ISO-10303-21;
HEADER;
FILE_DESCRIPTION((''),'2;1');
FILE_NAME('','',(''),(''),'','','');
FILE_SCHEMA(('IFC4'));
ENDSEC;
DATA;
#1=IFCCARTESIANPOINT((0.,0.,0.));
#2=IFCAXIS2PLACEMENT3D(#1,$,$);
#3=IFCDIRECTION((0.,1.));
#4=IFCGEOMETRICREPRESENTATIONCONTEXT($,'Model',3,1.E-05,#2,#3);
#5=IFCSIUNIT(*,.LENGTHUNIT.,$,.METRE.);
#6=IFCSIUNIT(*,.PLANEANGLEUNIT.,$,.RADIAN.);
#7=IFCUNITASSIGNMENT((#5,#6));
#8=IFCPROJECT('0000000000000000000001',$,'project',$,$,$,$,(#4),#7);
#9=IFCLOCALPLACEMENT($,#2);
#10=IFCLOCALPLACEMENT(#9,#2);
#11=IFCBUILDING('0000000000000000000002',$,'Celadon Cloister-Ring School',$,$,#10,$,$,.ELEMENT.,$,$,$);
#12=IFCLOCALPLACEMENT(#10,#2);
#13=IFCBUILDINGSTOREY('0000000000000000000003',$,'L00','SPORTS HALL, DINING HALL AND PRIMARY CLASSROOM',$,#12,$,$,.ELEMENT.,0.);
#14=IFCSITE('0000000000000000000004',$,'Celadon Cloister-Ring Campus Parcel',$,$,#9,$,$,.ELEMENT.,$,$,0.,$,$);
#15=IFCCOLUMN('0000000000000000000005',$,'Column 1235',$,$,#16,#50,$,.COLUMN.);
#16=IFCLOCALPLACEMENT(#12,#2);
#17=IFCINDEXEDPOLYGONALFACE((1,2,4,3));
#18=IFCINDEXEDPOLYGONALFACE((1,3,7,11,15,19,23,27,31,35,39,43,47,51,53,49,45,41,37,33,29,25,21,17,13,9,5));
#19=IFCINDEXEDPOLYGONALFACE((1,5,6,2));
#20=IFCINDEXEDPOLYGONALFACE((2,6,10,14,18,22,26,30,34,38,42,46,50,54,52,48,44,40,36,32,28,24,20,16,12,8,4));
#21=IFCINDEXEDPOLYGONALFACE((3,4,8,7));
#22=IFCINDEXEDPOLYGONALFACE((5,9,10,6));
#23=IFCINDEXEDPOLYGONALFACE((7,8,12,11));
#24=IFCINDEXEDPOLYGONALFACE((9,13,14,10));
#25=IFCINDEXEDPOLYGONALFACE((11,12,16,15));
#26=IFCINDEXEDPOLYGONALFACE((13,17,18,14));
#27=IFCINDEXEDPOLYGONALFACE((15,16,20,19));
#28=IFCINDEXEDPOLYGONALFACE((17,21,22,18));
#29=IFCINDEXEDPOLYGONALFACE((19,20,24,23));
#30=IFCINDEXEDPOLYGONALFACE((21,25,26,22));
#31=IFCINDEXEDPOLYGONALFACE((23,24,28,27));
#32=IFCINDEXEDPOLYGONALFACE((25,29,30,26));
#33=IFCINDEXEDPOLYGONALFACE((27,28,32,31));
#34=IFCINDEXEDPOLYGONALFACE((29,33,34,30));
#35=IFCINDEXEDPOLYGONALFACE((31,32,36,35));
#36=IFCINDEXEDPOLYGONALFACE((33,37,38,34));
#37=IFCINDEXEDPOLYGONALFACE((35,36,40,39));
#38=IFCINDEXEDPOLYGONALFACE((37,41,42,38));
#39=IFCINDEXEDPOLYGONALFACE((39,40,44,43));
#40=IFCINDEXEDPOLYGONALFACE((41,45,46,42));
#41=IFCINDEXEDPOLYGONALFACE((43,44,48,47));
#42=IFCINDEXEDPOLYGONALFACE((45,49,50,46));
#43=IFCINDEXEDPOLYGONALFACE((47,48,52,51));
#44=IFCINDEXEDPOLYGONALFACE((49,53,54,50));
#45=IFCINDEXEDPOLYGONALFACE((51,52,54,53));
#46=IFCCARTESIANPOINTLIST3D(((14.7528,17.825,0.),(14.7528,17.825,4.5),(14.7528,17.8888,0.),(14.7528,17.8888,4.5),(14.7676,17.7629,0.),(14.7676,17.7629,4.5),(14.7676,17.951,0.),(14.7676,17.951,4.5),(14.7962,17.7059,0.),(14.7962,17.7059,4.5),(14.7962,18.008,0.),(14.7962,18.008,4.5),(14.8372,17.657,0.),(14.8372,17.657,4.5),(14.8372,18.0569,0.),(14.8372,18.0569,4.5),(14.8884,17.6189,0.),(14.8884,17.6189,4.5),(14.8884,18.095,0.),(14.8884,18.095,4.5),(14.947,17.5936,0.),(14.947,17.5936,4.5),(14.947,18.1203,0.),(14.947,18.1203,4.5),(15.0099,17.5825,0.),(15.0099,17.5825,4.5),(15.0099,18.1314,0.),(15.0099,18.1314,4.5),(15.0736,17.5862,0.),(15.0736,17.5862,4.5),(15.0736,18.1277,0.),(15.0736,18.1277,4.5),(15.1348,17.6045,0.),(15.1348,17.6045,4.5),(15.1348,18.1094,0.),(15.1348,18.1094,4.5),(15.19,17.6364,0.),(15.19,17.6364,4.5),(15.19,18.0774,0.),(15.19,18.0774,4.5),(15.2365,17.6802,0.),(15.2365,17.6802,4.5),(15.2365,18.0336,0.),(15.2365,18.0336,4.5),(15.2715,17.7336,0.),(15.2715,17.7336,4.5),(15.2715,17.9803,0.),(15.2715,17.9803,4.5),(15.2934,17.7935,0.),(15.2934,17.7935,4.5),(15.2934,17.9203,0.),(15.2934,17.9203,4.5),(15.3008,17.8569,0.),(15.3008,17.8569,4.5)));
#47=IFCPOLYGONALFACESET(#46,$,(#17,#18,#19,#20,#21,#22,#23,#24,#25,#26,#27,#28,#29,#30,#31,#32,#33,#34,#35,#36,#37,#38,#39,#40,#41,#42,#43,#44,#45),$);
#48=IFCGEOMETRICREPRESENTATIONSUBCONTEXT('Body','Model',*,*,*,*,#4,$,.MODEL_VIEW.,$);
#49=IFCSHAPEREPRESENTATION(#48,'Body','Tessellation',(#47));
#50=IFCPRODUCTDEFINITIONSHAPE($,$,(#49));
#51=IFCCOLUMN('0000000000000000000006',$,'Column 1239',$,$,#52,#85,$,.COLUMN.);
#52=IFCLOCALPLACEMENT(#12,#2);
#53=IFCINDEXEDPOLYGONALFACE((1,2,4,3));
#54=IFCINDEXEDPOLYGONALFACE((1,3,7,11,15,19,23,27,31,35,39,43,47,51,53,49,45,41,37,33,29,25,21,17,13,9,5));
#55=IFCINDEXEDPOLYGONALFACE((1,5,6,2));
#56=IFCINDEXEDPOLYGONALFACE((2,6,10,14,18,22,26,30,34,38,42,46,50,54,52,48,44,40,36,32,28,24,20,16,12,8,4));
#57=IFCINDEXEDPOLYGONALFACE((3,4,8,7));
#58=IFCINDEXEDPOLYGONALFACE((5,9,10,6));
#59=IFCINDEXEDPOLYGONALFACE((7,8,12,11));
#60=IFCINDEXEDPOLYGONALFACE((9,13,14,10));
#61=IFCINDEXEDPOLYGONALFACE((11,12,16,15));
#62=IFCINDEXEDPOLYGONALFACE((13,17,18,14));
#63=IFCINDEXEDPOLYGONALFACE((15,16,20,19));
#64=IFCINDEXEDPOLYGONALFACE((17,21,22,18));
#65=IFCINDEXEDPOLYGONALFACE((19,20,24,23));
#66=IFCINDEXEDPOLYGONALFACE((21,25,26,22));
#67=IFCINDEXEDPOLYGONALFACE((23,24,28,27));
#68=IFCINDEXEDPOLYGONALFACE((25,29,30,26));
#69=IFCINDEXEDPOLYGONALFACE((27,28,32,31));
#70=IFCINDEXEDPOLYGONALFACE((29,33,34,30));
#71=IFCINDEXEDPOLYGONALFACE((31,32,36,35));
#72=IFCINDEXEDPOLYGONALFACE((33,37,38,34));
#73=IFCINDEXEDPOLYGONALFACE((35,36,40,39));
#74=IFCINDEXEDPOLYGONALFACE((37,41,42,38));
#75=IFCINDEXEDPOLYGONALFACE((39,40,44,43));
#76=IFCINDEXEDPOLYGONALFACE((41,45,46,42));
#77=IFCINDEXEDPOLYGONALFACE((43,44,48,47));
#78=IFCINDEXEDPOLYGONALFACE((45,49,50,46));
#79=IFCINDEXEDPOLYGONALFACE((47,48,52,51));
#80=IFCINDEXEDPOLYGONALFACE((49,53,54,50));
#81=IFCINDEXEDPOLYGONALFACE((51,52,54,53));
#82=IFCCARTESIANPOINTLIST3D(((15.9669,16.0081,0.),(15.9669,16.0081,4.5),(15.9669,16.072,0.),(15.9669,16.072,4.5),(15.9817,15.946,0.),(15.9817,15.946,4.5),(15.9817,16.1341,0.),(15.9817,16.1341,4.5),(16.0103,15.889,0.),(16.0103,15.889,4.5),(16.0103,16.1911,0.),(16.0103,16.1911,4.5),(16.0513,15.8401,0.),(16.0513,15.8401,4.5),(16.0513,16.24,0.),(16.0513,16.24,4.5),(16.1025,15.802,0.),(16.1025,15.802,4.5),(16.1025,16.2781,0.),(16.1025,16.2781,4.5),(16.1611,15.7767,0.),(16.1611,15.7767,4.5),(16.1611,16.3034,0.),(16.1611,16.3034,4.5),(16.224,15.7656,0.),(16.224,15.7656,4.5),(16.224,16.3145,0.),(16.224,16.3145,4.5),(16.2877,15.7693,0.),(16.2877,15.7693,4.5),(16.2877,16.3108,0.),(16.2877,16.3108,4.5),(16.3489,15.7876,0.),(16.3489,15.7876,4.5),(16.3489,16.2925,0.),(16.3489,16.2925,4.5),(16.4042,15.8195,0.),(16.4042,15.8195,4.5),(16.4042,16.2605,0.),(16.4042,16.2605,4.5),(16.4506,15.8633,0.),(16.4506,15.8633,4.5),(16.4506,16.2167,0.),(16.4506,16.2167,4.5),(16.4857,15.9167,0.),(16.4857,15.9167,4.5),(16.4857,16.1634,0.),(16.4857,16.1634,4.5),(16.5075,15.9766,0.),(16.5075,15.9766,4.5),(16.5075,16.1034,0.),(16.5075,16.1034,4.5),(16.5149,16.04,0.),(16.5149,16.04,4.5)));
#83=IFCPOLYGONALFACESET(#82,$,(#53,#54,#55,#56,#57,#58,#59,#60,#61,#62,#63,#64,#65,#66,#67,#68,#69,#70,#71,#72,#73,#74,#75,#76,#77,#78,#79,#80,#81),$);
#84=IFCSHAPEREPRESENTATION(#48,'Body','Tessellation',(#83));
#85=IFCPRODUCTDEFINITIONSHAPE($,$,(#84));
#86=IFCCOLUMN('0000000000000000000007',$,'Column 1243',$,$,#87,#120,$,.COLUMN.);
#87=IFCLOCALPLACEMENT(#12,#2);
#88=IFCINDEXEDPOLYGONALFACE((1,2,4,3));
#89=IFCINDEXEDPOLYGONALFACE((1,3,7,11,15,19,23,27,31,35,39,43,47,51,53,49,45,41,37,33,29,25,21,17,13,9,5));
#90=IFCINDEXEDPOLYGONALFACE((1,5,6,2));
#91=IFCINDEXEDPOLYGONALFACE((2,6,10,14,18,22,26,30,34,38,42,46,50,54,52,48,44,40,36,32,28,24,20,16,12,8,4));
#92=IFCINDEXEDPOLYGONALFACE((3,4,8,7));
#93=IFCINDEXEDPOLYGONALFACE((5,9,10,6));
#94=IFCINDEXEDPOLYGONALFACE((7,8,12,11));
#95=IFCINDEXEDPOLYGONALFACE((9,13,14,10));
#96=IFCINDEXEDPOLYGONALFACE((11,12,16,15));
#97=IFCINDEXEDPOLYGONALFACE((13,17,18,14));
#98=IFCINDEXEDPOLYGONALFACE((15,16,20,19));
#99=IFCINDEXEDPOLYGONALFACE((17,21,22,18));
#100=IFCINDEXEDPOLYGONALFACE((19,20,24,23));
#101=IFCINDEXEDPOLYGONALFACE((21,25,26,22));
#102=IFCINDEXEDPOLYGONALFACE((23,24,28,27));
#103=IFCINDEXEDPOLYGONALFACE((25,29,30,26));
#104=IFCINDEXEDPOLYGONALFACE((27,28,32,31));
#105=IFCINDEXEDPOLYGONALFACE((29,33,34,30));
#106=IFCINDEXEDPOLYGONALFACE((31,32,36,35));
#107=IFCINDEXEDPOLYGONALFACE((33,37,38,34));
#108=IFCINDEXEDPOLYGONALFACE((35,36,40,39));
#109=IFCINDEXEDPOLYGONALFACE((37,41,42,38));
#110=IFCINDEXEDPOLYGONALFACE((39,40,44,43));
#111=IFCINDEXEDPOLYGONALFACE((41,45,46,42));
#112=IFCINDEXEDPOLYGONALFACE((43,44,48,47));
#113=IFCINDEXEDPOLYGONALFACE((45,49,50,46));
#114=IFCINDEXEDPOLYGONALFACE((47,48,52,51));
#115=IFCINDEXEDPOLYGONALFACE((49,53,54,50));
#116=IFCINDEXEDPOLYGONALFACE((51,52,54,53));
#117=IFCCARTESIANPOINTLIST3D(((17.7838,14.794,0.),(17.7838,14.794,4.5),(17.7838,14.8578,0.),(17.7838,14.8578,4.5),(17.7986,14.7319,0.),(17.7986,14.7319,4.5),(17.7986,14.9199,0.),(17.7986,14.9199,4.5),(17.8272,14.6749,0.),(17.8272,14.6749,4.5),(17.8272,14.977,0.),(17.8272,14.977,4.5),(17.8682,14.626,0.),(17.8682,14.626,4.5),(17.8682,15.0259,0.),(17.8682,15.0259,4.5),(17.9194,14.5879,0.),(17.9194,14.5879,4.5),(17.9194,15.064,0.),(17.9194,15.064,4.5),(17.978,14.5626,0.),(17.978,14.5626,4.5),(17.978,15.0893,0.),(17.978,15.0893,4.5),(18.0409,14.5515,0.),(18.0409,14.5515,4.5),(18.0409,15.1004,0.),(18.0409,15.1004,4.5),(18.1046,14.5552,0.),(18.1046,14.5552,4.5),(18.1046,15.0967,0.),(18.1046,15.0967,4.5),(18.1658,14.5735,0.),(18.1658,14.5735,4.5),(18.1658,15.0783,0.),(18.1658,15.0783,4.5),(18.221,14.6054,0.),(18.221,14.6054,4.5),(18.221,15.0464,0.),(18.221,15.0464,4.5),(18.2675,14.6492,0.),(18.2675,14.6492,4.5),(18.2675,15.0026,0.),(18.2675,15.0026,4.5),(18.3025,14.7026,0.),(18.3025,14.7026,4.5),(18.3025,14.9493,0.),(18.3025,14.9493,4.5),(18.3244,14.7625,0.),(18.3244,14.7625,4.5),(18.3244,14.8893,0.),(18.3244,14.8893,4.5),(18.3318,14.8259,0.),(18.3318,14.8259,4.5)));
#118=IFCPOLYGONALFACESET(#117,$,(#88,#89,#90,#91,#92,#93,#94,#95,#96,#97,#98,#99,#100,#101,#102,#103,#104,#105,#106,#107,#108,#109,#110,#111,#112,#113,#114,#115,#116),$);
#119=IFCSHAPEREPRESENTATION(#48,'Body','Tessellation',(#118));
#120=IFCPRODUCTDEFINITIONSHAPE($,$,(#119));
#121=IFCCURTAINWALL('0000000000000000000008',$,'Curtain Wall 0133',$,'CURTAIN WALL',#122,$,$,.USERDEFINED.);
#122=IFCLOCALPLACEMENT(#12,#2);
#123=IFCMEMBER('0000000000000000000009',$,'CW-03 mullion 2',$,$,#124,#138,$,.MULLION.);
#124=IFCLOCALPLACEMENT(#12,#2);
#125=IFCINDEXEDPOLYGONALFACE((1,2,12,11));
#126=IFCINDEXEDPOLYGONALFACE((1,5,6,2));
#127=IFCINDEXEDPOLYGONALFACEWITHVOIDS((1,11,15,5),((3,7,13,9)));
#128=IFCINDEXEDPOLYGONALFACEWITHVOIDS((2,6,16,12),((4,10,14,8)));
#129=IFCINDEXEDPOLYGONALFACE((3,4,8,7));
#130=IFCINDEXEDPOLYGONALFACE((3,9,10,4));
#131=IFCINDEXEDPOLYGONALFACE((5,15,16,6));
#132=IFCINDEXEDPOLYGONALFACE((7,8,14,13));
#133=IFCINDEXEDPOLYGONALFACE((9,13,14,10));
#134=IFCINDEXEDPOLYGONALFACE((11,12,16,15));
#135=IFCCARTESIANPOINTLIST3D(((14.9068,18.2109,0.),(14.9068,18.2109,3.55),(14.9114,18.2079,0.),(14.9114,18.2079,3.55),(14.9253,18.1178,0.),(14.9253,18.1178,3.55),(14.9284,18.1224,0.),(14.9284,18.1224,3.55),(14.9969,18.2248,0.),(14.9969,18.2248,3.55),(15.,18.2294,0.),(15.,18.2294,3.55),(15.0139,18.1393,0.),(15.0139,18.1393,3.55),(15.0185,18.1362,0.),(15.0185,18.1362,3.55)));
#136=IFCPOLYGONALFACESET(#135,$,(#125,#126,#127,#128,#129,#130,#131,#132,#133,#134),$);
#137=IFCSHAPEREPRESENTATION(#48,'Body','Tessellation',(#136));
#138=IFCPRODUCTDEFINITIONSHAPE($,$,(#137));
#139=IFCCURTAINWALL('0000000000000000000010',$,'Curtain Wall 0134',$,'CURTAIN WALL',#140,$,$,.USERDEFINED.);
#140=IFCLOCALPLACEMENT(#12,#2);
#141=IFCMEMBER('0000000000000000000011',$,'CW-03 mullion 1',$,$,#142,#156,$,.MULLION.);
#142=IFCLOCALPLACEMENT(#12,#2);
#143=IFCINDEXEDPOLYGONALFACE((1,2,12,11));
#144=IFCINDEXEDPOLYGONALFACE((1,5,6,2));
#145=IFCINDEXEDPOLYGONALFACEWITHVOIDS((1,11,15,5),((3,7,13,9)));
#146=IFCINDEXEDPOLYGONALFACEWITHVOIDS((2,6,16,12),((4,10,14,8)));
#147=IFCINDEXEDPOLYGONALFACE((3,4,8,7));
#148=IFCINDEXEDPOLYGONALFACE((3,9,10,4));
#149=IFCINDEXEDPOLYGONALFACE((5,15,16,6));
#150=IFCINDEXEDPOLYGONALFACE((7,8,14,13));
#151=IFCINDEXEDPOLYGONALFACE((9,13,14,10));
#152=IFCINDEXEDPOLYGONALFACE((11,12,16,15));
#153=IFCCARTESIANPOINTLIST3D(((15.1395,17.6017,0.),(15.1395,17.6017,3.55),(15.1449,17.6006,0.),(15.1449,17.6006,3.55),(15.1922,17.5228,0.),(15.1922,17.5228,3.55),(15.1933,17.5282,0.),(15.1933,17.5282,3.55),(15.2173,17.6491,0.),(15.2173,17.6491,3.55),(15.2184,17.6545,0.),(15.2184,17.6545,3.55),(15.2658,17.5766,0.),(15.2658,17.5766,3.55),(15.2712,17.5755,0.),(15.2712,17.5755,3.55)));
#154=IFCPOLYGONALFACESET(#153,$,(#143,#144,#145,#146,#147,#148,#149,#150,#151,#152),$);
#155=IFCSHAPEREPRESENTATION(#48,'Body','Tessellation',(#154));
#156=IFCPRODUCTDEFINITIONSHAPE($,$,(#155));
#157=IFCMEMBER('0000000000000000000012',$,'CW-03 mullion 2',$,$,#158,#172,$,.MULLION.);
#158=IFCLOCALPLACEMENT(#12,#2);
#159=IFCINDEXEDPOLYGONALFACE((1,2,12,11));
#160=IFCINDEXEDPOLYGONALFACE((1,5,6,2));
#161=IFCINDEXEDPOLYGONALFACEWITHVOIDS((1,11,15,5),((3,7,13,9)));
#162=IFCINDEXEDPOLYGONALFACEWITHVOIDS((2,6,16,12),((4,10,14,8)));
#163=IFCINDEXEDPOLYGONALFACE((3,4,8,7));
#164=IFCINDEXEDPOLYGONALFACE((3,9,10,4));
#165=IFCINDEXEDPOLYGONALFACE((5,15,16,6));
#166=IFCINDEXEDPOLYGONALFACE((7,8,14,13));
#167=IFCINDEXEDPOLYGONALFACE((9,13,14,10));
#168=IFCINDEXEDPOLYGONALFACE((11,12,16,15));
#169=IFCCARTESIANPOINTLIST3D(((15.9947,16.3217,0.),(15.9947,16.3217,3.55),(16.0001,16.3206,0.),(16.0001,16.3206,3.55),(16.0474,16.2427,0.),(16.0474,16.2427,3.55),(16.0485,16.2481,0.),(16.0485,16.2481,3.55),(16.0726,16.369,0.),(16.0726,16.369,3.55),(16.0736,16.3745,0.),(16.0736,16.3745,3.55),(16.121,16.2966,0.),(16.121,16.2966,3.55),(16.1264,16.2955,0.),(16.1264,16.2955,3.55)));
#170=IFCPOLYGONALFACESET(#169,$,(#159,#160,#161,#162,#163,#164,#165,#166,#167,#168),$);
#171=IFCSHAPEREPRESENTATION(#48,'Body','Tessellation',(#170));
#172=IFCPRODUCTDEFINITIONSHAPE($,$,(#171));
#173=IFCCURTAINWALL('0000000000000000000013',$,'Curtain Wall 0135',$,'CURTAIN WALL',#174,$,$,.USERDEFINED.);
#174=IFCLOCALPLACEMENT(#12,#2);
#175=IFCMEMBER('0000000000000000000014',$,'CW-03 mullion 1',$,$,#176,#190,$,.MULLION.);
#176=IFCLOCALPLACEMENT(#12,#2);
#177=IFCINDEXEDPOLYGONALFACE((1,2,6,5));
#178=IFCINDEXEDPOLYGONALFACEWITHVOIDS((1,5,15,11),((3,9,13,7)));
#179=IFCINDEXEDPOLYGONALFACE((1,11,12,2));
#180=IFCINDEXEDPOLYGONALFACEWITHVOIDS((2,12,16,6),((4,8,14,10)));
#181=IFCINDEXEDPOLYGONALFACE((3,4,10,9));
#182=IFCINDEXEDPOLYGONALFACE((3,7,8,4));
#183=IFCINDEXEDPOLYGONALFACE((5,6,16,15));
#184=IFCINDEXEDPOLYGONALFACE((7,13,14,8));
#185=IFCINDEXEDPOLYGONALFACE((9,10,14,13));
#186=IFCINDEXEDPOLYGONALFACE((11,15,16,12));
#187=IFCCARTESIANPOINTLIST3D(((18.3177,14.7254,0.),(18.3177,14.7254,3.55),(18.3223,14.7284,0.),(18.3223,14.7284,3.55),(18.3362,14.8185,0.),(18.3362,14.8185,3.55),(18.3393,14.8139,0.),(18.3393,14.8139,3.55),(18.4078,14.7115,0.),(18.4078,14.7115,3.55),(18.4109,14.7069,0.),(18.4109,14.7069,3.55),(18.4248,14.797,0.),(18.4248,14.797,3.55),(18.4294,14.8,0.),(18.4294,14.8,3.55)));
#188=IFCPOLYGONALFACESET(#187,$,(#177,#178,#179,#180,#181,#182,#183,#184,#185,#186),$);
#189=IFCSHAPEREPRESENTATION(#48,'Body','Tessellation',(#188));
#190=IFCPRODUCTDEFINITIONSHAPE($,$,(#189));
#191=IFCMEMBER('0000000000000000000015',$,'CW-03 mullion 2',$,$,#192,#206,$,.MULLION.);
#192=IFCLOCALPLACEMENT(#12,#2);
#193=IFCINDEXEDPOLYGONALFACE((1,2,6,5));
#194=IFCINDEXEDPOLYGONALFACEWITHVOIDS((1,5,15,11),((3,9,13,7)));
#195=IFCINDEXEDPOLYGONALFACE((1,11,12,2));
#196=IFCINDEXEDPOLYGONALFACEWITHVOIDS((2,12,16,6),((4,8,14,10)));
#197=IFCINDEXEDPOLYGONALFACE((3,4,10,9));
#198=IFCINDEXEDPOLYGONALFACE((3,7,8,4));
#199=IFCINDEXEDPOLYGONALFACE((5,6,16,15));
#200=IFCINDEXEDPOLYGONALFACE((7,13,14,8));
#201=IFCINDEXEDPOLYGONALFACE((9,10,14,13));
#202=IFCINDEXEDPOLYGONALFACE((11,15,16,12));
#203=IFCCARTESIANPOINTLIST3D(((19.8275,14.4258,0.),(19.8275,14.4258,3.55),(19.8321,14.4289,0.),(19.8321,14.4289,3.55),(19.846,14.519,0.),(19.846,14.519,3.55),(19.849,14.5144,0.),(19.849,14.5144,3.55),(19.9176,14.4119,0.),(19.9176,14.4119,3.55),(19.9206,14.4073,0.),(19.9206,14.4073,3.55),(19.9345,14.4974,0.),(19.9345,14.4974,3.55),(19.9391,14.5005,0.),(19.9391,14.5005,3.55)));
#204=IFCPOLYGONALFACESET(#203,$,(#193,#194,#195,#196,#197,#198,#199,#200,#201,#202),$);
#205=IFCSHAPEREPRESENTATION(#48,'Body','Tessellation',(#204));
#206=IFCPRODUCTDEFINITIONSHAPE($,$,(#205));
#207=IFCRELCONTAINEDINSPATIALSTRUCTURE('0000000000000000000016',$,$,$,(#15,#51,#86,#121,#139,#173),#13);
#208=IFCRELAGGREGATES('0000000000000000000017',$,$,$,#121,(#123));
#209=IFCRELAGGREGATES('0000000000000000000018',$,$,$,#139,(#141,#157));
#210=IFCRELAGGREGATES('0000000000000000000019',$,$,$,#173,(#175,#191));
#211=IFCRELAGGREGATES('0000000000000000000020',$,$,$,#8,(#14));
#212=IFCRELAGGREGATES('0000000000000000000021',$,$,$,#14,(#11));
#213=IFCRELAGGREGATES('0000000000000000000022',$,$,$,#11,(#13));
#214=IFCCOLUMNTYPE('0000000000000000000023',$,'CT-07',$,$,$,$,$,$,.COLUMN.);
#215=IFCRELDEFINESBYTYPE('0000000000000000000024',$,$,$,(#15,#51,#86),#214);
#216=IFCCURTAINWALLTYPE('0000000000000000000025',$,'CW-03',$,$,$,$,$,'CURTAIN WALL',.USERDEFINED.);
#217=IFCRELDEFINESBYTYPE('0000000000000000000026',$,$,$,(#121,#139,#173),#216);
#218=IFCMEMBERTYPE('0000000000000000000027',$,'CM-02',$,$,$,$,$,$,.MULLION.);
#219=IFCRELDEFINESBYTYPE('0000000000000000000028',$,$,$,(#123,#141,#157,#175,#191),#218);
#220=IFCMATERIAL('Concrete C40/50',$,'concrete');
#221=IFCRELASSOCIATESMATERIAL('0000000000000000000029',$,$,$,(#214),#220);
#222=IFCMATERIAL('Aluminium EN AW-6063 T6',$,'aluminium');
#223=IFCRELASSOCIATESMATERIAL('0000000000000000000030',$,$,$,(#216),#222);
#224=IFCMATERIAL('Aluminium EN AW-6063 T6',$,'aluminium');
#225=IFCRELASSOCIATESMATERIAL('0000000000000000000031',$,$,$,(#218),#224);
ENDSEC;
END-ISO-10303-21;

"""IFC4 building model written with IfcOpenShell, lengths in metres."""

from ifc_helpers import new_model, si_unit, direction, frame, origin, origin_2d, place, context, subcontext, project, spatial, hollow_rectangle, circle, extrude, material, material_profile, profile_set, type_object, element, aggregate, save


model = new_model("IFC4")

# Units and contexts
model_context = context("Model", 3, precision=1e-05, world=origin(), true_north=direction((0.0, 1.0)))
body_context = subcontext(model_context, "Body", "Model", "MODEL_VIEW")
ifc_project = project(units=[si_unit("LENGTHUNIT", "METRE"), si_unit("PLANEANGLEUNIT", "RADIAN")], contexts=[model_context])

# Site, building, storey
site_placement = place(None, origin())
site = spatial("IfcSite", under=ifc_project, at=site_placement, Name="Celadon Cloister-Ring Campus Parcel", CompositionType="ELEMENT", RefElevation=0.0)
building_placement = place(site_placement, origin())
building = spatial("IfcBuilding", under=site, at=building_placement, Name="Celadon Cloister-Ring School", CompositionType="ELEMENT")
storey_placement = place(building_placement, origin())
storey = spatial("IfcBuildingStorey", under=building, at=storey_placement, Name="L00", Description="SPORTS HALL, DINING HALL AND PRIMARY CLASSROOM", CompositionType="ELEMENT", Elevation=0.0)

# Columns
ifc_material_1 = material(Name="Concrete C40/50", Category="concrete")
ifc_material_profile_1 = material_profile(ifc_material_1, circle(Radius=0.2749, at=origin_2d()), Name="CIRC550")
ifc_profile_set_1 = profile_set([ifc_material_profile_1], Name="Concrete C40/50")
column_type = type_object("IfcColumnType", Name="CT-07", PredefinedType="COLUMN", material=ifc_profile_set_1)
for number, where, z_axis, x_axis, name in (
    (1, (15.0259, 17.8569, 0.0), (0.0, 0.0, 1.0), (1.0, 0.0, 0.0), "Column 1235"),
    (2, (16.24, 16.04, 0.0), (0.0, 0.0, 1.0), (1.0, 0.0, 0.0), "Column 1239"),
    (3, (18.0569, 14.8259, 0.0), (0.0, 0.0, 1.0), (1.0, 0.0, 0.0), "Column 1243"),
):
    element("IfcColumn", number, at=place(storey_placement, frame(where, z_axis=z_axis, x_axis=x_axis)), inside=storey, type_object=column_type, Name=name, PredefinedType="COLUMN", context=body_context, shape_type="SweptSolid", body=[
        extrude(circle(Radius=0.2749, at=origin_2d()), origin(), (0.0, 0.0, 1.0), 4.5),
    ])

# Curtain wall, member
ifc_material_2 = material(Name="Aluminium EN AW-6063 T6", Category="aluminium")
curtain_wall_type = type_object("IfcCurtainWallType", Name="CW-03", ElementType="CURTAIN WALL", PredefinedType="USERDEFINED", material=ifc_material_2)
curtain_wall_1_placement = place(storey_placement, origin())
curtain_wall_1 = element("IfcCurtainWall", 4, at=curtain_wall_1_placement, inside=storey, type_object=curtain_wall_type, Name="Curtain Wall 0133", ObjectType="CURTAIN WALL", PredefinedType="USERDEFINED")
ifc_material_3 = material(Name="Aluminium EN AW-6063 T6", Category="aluminium")
ifc_material_profile_2 = material_profile(ifc_material_3, hollow_rectangle(XDim=0.095, YDim=0.095, WallThickness=0.0039, at=origin_2d()), Name="RHS95X95X4")
ifc_profile_set_2 = profile_set([ifc_material_profile_2], Name="Aluminium EN AW-6063 T6")
member_type_1 = type_object("IfcMemberType", Name="CM-02", PredefinedType="MULLION", material=ifc_profile_set_2)
member_1_placement = place(storey_placement, frame((14.9626, 18.1736, 0.0), z_axis=(0.0, 0.0, 1.0), x_axis=(0.980885, 0.194586, 0.0)))
member_1 = element("IfcMember", 5, at=member_1_placement, type_object=member_type_1, Name="CW-03 mullion 2", PredefinedType="MULLION", context=body_context, shape_type="SweptSolid", body=[
    extrude(hollow_rectangle(XDim=0.095, YDim=0.095, WallThickness=0.0039, at=origin_2d()), origin(), (0.0, 0.0, 1.0), 3.55),
])

# Curtain walls, members
curtain_wall_2_placement = place(storey_placement, origin())
curtain_wall_2 = element("IfcCurtainWall", 6, at=curtain_wall_2_placement, inside=storey, type_object=curtain_wall_type, Name="Curtain Wall 0134", ObjectType="CURTAIN WALL", PredefinedType="USERDEFINED")
member_2_placement = place(storey_placement, frame((15.2053, 17.5886, 0.0), z_axis=(0.0, 0.0, 1.0), x_axis=(0.831485, 0.555547, 0.0)))
member_2 = element("IfcMember", 7, at=member_2_placement, type_object=member_type_1, Name="CW-03 mullion 1", PredefinedType="MULLION", context=body_context, shape_type="SweptSolid", body=[
    extrude(hollow_rectangle(XDim=0.095, YDim=0.095, WallThickness=0.0039, at=origin_2d()), origin(), (0.0, 0.0, 1.0), 3.55),
])
member_3_placement = place(storey_placement, frame((16.0605, 16.3086, 0.0), z_axis=(0.0, 0.0, 1.0), x_axis=(0.831485, 0.555547, 0.0)))
member_3 = element("IfcMember", 8, at=member_3_placement, type_object=member_type_1, Name="CW-03 mullion 2", PredefinedType="MULLION", context=body_context, shape_type="SweptSolid", body=[
    extrude(hollow_rectangle(XDim=0.095, YDim=0.095, WallThickness=0.0039, at=origin_2d()), origin(), (0.0, 0.0, 1.0), 3.55),
])
curtain_wall_3_placement = place(storey_placement, origin())
curtain_wall_3 = element("IfcCurtainWall", 9, at=curtain_wall_3_placement, inside=storey, type_object=curtain_wall_type, Name="Curtain Wall 0135", ObjectType="CURTAIN WALL", PredefinedType="USERDEFINED")
member_4_placement = place(storey_placement, frame((18.3735, 14.7627, 0.0), z_axis=(0.0, 0.0, 1.0), x_axis=(0.194586, 0.980885, 0.0)))
member_4 = element("IfcMember", 10, at=member_4_placement, type_object=member_type_1, Name="CW-03 mullion 1", PredefinedType="MULLION", context=body_context, shape_type="SweptSolid", body=[
    extrude(hollow_rectangle(XDim=0.095, YDim=0.095, WallThickness=0.0039, at=origin_2d()), origin(), (0.0, 0.0, 1.0), 3.55),
])
member_5_placement = place(storey_placement, frame((19.8833, 14.4631, 0.0), z_axis=(0.0, 0.0, 1.0), x_axis=(0.194586, 0.980885, 0.0)))
member_5 = element("IfcMember", 11, at=member_5_placement, type_object=member_type_1, Name="CW-03 mullion 2", PredefinedType="MULLION", context=body_context, shape_type="SweptSolid", body=[
    extrude(hollow_rectangle(XDim=0.095, YDim=0.095, WallThickness=0.0039, at=origin_2d()), origin(), (0.0, 0.0, 1.0), 3.55),
])

aggregate(curtain_wall_1, [member_1])
aggregate(curtain_wall_2, [member_2, member_3])
aggregate(curtain_wall_3, [member_4, member_5])

save(model, "model.ifc")
